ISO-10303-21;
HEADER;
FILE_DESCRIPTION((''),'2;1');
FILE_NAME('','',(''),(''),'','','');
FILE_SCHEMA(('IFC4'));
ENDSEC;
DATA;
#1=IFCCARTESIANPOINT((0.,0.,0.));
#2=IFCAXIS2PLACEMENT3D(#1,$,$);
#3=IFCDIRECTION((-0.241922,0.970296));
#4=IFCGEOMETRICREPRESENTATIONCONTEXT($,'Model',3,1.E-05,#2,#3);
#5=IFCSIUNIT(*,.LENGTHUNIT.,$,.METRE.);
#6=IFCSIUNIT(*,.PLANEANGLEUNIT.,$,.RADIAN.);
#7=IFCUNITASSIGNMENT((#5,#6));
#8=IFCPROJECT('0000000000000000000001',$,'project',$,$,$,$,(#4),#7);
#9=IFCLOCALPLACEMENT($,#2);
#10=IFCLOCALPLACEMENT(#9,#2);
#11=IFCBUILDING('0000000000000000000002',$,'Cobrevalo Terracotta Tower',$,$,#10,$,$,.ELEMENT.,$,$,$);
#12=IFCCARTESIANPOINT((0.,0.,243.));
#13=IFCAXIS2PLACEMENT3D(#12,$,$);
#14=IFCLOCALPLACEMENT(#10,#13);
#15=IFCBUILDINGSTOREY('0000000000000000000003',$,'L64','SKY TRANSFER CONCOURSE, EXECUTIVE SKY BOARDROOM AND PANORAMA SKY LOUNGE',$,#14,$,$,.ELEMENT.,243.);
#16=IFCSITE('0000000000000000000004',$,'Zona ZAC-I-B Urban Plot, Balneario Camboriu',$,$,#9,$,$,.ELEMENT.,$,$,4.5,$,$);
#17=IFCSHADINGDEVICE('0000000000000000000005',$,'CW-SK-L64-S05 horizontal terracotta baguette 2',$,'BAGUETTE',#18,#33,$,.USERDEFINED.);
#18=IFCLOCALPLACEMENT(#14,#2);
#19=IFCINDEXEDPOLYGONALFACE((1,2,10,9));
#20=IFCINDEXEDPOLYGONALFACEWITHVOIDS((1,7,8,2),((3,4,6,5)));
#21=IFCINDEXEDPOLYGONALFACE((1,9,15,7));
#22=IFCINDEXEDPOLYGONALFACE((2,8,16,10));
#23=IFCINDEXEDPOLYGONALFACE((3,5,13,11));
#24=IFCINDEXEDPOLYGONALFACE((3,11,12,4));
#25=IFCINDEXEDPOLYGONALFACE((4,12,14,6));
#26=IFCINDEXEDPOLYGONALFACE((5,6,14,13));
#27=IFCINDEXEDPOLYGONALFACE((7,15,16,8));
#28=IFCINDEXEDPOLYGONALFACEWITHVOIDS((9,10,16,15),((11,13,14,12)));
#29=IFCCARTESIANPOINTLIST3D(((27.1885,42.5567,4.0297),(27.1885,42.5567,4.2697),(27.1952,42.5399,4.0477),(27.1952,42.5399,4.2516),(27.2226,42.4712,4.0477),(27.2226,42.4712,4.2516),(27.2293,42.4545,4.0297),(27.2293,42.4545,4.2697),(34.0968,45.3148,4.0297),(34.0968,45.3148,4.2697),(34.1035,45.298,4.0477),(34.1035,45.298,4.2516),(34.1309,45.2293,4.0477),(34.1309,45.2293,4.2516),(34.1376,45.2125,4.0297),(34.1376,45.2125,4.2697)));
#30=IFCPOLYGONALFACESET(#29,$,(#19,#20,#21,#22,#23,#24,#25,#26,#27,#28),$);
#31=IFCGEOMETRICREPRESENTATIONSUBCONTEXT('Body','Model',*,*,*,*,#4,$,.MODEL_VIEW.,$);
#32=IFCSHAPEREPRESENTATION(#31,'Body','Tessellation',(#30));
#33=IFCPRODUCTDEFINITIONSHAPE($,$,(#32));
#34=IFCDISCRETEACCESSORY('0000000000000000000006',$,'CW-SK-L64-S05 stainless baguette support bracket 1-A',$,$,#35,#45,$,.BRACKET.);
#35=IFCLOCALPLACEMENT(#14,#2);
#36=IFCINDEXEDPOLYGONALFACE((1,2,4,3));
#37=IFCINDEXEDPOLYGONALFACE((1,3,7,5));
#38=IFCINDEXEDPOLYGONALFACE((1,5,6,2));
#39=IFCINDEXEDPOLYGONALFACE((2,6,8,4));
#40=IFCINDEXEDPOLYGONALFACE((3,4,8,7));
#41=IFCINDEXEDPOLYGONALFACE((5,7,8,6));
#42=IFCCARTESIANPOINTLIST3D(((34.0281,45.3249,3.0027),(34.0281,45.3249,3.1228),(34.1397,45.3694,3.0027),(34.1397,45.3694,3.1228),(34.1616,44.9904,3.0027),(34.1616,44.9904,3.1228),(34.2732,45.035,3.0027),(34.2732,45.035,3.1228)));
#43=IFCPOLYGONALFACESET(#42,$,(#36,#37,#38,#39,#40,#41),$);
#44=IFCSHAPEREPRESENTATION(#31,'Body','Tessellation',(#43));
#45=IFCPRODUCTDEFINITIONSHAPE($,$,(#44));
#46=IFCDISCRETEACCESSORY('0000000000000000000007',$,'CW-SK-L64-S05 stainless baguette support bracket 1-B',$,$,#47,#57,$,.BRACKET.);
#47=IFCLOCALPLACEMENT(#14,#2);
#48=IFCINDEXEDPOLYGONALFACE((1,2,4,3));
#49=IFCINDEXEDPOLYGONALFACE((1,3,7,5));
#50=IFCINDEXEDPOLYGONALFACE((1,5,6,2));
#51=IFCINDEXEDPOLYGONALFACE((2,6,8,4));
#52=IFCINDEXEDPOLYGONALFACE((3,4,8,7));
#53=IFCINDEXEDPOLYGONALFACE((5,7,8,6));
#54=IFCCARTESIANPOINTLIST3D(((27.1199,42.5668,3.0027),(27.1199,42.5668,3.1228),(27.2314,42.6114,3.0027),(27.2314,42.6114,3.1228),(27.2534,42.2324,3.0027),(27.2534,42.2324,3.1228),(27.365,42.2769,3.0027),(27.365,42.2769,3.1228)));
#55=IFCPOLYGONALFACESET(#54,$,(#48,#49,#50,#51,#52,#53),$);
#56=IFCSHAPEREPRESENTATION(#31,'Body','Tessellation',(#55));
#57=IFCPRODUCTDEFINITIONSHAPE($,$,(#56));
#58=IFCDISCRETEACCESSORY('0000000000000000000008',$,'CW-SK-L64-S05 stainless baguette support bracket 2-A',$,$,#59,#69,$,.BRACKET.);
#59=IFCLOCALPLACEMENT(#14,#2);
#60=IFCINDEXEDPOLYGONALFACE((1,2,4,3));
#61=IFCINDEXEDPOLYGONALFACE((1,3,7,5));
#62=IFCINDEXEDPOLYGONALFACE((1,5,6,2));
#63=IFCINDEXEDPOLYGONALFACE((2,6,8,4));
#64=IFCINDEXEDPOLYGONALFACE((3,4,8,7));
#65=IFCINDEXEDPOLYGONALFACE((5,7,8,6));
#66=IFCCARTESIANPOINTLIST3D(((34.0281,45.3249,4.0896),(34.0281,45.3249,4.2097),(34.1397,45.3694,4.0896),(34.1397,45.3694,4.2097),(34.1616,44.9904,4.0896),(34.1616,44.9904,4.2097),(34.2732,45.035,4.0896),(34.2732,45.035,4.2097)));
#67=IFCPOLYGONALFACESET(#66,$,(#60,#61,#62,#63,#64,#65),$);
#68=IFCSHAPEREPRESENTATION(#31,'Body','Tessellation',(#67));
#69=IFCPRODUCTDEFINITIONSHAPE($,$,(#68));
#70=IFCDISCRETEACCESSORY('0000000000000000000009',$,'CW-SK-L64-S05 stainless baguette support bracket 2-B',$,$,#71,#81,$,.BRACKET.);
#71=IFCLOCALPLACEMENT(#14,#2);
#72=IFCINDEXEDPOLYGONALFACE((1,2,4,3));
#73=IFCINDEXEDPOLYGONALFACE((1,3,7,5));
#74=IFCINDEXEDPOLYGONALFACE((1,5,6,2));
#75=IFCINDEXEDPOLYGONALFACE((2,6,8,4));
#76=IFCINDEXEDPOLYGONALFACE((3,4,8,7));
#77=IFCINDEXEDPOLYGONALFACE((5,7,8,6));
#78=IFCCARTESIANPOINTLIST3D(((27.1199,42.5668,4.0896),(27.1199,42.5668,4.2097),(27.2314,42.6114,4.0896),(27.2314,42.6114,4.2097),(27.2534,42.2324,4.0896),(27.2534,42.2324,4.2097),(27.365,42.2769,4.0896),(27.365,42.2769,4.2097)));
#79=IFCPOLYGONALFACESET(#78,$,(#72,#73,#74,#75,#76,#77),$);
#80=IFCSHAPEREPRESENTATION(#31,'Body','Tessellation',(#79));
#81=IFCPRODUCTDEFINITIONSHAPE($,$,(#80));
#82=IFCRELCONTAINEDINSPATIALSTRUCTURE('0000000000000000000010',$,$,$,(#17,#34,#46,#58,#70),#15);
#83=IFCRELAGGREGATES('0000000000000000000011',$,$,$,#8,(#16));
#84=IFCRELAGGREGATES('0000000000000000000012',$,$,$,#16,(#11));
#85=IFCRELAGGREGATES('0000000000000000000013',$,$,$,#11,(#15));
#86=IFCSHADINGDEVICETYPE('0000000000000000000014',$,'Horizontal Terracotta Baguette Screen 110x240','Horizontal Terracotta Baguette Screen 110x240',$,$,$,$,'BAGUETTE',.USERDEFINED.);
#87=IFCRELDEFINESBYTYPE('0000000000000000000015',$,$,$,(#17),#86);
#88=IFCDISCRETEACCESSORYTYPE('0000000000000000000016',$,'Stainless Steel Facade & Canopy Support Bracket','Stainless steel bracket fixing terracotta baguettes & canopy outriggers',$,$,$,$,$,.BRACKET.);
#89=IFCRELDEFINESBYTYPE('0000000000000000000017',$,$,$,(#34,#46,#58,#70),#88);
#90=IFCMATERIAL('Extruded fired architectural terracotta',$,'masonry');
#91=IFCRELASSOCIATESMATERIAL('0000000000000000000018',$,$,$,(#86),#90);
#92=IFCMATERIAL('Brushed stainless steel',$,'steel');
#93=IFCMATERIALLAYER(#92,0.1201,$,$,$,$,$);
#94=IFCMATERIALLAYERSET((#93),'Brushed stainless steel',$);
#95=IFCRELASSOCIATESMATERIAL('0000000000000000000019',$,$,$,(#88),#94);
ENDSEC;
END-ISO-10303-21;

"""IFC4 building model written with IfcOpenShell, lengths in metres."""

from ifc_helpers import new_model, si_unit, direction, frame, origin, origin_2d, place, context, subcontext, project, spatial, rectangle, hollow_rectangle, extrude, source, transform, mapped, material, layer, layer_set, material_profile, profile_set, type_object, element, save


model = new_model("IFC4")

# Units and contexts
model_context = context("Model", 3, precision=1e-05, world=origin(), true_north=direction((-0.241922, 0.970296)))
body_context = subcontext(model_context, "Body", "Model", "MODEL_VIEW")
ifc_project = project(units=[si_unit("LENGTHUNIT", "METRE"), si_unit("PLANEANGLEUNIT", "RADIAN")], contexts=[model_context])

# Site, building, storey
site_placement = place(None, origin())
site = spatial("IfcSite", under=ifc_project, at=site_placement, Name="Zona ZAC-I-B Urban Plot, Balneario Camboriu", CompositionType="ELEMENT", RefElevation=4.5)
building_placement = place(site_placement, origin())
building = spatial("IfcBuilding", under=site, at=building_placement, Name="Cobrevalo Terracotta Tower", CompositionType="ELEMENT")
storey_placement = place(building_placement, frame((0.0, 0.0, 243.0)))
storey = spatial("IfcBuildingStorey", under=building, at=storey_placement, Name="L64", Description="SKY TRANSFER CONCOURSE, EXECUTIVE SKY BOARDROOM AND PANORAMA SKY LOUNGE", CompositionType="ELEMENT", Elevation=243.0)

# Shading device
ifc_material_1 = material(Name="Extruded fired architectural terracotta", Category="masonry")
ifc_material_profile_1 = material_profile(ifc_material_1, hollow_rectangle(XDim=0.1101, YDim=0.24, WallThickness=0.0181, at=origin_2d()), Name="BAGUETTE 110x240")
ifc_profile_set_1 = profile_set([ifc_material_profile_1], Name="Extruded fired architectural terracotta")
shading_device_type = type_object("IfcShadingDeviceType", Name="Horizontal Terracotta Baguette Screen 110x240", Description="Horizontal Terracotta Baguette Screen 110x240", ElementType="BAGUETTE", PredefinedType="USERDEFINED", material=ifc_profile_set_1)
shared_shape_1 = source(origin(), body_context, "Body", "SweptSolid", [
    extrude(hollow_rectangle(XDim=0.1101, YDim=0.24, WallThickness=0.0181, at=origin_2d()), origin(), (0.0, 0.0, 1.0), 7.4385),
])
for number, where, z_axis, x_axis, name in (
    (1, (34.1172, 45.2637, 4.1497), (-0.928719, -0.370785, 0.0), (0.370785, -0.928719, 0.0), "CW-SK-L64-S05 horizontal terracotta baguette 2"),
):
    element("IfcShadingDevice", number, at=place(storey_placement, frame(where, z_axis=z_axis, x_axis=x_axis)), inside=storey, type_object=shading_device_type, Name=name, ObjectType="BAGUETTE", PredefinedType="USERDEFINED", context=body_context, shape_type="MappedRepresentation", body=[
        mapped(shared_shape_1, transform((0.0, 0.0, 0.0), scale=1.0)),
    ])

# Discrete accessories
ifc_material_2 = material(Name="Brushed stainless steel", Category="steel")
ifc_layer_1 = layer(ifc_material_2, 0.1201)
ifc_layer_set_1 = layer_set([ifc_layer_1], Name="Brushed stainless steel")
discrete_accessory_type = type_object("IfcDiscreteAccessoryType", Name="Stainless Steel Facade & Canopy Support Bracket", Description="Stainless steel bracket fixing terracotta baguettes & canopy outriggers", PredefinedType="BRACKET", material=ifc_layer_set_1)
shared_shape_2 = source(origin(), body_context, "Body", "SweptSolid", [
    extrude(rectangle(XDim=0.1201, YDim=0.3601, at=origin_2d()), origin(), (0.0, 0.0, 1.0), 0.1201),
])
for number, where, z_axis, x_axis, name in (
    (2, (34.1506, 45.1799, 3.0027), (0.0, 0.0, 1.0), (-0.928718, -0.370786, 0.0), "CW-SK-L64-S05 stainless baguette support bracket 1-A"),
    (3, (27.2424, 42.4219, 3.0027), (0.0, 0.0, 1.0), (-0.928718, -0.370786, 0.0), "CW-SK-L64-S05 stainless baguette support bracket 1-B"),
    (4, (34.1506, 45.1799, 4.0896), (0.0, 0.0, 1.0), (-0.928718, -0.370786, 0.0), "CW-SK-L64-S05 stainless baguette support bracket 2-A"),
    (5, (27.2424, 42.4219, 4.0896), (0.0, 0.0, 1.0), (-0.928718, -0.370786, 0.0), "CW-SK-L64-S05 stainless baguette support bracket 2-B"),
):
    element("IfcDiscreteAccessory", number, at=place(storey_placement, frame(where, z_axis=z_axis, x_axis=x_axis)), inside=storey, type_object=discrete_accessory_type, Name=name, PredefinedType="BRACKET", context=body_context, shape_type="MappedRepresentation", body=[
        mapped(shared_shape_2, transform((0.0, 0.0, 0.0), scale=1.0)),
    ])

save(model, "model.ifc")
